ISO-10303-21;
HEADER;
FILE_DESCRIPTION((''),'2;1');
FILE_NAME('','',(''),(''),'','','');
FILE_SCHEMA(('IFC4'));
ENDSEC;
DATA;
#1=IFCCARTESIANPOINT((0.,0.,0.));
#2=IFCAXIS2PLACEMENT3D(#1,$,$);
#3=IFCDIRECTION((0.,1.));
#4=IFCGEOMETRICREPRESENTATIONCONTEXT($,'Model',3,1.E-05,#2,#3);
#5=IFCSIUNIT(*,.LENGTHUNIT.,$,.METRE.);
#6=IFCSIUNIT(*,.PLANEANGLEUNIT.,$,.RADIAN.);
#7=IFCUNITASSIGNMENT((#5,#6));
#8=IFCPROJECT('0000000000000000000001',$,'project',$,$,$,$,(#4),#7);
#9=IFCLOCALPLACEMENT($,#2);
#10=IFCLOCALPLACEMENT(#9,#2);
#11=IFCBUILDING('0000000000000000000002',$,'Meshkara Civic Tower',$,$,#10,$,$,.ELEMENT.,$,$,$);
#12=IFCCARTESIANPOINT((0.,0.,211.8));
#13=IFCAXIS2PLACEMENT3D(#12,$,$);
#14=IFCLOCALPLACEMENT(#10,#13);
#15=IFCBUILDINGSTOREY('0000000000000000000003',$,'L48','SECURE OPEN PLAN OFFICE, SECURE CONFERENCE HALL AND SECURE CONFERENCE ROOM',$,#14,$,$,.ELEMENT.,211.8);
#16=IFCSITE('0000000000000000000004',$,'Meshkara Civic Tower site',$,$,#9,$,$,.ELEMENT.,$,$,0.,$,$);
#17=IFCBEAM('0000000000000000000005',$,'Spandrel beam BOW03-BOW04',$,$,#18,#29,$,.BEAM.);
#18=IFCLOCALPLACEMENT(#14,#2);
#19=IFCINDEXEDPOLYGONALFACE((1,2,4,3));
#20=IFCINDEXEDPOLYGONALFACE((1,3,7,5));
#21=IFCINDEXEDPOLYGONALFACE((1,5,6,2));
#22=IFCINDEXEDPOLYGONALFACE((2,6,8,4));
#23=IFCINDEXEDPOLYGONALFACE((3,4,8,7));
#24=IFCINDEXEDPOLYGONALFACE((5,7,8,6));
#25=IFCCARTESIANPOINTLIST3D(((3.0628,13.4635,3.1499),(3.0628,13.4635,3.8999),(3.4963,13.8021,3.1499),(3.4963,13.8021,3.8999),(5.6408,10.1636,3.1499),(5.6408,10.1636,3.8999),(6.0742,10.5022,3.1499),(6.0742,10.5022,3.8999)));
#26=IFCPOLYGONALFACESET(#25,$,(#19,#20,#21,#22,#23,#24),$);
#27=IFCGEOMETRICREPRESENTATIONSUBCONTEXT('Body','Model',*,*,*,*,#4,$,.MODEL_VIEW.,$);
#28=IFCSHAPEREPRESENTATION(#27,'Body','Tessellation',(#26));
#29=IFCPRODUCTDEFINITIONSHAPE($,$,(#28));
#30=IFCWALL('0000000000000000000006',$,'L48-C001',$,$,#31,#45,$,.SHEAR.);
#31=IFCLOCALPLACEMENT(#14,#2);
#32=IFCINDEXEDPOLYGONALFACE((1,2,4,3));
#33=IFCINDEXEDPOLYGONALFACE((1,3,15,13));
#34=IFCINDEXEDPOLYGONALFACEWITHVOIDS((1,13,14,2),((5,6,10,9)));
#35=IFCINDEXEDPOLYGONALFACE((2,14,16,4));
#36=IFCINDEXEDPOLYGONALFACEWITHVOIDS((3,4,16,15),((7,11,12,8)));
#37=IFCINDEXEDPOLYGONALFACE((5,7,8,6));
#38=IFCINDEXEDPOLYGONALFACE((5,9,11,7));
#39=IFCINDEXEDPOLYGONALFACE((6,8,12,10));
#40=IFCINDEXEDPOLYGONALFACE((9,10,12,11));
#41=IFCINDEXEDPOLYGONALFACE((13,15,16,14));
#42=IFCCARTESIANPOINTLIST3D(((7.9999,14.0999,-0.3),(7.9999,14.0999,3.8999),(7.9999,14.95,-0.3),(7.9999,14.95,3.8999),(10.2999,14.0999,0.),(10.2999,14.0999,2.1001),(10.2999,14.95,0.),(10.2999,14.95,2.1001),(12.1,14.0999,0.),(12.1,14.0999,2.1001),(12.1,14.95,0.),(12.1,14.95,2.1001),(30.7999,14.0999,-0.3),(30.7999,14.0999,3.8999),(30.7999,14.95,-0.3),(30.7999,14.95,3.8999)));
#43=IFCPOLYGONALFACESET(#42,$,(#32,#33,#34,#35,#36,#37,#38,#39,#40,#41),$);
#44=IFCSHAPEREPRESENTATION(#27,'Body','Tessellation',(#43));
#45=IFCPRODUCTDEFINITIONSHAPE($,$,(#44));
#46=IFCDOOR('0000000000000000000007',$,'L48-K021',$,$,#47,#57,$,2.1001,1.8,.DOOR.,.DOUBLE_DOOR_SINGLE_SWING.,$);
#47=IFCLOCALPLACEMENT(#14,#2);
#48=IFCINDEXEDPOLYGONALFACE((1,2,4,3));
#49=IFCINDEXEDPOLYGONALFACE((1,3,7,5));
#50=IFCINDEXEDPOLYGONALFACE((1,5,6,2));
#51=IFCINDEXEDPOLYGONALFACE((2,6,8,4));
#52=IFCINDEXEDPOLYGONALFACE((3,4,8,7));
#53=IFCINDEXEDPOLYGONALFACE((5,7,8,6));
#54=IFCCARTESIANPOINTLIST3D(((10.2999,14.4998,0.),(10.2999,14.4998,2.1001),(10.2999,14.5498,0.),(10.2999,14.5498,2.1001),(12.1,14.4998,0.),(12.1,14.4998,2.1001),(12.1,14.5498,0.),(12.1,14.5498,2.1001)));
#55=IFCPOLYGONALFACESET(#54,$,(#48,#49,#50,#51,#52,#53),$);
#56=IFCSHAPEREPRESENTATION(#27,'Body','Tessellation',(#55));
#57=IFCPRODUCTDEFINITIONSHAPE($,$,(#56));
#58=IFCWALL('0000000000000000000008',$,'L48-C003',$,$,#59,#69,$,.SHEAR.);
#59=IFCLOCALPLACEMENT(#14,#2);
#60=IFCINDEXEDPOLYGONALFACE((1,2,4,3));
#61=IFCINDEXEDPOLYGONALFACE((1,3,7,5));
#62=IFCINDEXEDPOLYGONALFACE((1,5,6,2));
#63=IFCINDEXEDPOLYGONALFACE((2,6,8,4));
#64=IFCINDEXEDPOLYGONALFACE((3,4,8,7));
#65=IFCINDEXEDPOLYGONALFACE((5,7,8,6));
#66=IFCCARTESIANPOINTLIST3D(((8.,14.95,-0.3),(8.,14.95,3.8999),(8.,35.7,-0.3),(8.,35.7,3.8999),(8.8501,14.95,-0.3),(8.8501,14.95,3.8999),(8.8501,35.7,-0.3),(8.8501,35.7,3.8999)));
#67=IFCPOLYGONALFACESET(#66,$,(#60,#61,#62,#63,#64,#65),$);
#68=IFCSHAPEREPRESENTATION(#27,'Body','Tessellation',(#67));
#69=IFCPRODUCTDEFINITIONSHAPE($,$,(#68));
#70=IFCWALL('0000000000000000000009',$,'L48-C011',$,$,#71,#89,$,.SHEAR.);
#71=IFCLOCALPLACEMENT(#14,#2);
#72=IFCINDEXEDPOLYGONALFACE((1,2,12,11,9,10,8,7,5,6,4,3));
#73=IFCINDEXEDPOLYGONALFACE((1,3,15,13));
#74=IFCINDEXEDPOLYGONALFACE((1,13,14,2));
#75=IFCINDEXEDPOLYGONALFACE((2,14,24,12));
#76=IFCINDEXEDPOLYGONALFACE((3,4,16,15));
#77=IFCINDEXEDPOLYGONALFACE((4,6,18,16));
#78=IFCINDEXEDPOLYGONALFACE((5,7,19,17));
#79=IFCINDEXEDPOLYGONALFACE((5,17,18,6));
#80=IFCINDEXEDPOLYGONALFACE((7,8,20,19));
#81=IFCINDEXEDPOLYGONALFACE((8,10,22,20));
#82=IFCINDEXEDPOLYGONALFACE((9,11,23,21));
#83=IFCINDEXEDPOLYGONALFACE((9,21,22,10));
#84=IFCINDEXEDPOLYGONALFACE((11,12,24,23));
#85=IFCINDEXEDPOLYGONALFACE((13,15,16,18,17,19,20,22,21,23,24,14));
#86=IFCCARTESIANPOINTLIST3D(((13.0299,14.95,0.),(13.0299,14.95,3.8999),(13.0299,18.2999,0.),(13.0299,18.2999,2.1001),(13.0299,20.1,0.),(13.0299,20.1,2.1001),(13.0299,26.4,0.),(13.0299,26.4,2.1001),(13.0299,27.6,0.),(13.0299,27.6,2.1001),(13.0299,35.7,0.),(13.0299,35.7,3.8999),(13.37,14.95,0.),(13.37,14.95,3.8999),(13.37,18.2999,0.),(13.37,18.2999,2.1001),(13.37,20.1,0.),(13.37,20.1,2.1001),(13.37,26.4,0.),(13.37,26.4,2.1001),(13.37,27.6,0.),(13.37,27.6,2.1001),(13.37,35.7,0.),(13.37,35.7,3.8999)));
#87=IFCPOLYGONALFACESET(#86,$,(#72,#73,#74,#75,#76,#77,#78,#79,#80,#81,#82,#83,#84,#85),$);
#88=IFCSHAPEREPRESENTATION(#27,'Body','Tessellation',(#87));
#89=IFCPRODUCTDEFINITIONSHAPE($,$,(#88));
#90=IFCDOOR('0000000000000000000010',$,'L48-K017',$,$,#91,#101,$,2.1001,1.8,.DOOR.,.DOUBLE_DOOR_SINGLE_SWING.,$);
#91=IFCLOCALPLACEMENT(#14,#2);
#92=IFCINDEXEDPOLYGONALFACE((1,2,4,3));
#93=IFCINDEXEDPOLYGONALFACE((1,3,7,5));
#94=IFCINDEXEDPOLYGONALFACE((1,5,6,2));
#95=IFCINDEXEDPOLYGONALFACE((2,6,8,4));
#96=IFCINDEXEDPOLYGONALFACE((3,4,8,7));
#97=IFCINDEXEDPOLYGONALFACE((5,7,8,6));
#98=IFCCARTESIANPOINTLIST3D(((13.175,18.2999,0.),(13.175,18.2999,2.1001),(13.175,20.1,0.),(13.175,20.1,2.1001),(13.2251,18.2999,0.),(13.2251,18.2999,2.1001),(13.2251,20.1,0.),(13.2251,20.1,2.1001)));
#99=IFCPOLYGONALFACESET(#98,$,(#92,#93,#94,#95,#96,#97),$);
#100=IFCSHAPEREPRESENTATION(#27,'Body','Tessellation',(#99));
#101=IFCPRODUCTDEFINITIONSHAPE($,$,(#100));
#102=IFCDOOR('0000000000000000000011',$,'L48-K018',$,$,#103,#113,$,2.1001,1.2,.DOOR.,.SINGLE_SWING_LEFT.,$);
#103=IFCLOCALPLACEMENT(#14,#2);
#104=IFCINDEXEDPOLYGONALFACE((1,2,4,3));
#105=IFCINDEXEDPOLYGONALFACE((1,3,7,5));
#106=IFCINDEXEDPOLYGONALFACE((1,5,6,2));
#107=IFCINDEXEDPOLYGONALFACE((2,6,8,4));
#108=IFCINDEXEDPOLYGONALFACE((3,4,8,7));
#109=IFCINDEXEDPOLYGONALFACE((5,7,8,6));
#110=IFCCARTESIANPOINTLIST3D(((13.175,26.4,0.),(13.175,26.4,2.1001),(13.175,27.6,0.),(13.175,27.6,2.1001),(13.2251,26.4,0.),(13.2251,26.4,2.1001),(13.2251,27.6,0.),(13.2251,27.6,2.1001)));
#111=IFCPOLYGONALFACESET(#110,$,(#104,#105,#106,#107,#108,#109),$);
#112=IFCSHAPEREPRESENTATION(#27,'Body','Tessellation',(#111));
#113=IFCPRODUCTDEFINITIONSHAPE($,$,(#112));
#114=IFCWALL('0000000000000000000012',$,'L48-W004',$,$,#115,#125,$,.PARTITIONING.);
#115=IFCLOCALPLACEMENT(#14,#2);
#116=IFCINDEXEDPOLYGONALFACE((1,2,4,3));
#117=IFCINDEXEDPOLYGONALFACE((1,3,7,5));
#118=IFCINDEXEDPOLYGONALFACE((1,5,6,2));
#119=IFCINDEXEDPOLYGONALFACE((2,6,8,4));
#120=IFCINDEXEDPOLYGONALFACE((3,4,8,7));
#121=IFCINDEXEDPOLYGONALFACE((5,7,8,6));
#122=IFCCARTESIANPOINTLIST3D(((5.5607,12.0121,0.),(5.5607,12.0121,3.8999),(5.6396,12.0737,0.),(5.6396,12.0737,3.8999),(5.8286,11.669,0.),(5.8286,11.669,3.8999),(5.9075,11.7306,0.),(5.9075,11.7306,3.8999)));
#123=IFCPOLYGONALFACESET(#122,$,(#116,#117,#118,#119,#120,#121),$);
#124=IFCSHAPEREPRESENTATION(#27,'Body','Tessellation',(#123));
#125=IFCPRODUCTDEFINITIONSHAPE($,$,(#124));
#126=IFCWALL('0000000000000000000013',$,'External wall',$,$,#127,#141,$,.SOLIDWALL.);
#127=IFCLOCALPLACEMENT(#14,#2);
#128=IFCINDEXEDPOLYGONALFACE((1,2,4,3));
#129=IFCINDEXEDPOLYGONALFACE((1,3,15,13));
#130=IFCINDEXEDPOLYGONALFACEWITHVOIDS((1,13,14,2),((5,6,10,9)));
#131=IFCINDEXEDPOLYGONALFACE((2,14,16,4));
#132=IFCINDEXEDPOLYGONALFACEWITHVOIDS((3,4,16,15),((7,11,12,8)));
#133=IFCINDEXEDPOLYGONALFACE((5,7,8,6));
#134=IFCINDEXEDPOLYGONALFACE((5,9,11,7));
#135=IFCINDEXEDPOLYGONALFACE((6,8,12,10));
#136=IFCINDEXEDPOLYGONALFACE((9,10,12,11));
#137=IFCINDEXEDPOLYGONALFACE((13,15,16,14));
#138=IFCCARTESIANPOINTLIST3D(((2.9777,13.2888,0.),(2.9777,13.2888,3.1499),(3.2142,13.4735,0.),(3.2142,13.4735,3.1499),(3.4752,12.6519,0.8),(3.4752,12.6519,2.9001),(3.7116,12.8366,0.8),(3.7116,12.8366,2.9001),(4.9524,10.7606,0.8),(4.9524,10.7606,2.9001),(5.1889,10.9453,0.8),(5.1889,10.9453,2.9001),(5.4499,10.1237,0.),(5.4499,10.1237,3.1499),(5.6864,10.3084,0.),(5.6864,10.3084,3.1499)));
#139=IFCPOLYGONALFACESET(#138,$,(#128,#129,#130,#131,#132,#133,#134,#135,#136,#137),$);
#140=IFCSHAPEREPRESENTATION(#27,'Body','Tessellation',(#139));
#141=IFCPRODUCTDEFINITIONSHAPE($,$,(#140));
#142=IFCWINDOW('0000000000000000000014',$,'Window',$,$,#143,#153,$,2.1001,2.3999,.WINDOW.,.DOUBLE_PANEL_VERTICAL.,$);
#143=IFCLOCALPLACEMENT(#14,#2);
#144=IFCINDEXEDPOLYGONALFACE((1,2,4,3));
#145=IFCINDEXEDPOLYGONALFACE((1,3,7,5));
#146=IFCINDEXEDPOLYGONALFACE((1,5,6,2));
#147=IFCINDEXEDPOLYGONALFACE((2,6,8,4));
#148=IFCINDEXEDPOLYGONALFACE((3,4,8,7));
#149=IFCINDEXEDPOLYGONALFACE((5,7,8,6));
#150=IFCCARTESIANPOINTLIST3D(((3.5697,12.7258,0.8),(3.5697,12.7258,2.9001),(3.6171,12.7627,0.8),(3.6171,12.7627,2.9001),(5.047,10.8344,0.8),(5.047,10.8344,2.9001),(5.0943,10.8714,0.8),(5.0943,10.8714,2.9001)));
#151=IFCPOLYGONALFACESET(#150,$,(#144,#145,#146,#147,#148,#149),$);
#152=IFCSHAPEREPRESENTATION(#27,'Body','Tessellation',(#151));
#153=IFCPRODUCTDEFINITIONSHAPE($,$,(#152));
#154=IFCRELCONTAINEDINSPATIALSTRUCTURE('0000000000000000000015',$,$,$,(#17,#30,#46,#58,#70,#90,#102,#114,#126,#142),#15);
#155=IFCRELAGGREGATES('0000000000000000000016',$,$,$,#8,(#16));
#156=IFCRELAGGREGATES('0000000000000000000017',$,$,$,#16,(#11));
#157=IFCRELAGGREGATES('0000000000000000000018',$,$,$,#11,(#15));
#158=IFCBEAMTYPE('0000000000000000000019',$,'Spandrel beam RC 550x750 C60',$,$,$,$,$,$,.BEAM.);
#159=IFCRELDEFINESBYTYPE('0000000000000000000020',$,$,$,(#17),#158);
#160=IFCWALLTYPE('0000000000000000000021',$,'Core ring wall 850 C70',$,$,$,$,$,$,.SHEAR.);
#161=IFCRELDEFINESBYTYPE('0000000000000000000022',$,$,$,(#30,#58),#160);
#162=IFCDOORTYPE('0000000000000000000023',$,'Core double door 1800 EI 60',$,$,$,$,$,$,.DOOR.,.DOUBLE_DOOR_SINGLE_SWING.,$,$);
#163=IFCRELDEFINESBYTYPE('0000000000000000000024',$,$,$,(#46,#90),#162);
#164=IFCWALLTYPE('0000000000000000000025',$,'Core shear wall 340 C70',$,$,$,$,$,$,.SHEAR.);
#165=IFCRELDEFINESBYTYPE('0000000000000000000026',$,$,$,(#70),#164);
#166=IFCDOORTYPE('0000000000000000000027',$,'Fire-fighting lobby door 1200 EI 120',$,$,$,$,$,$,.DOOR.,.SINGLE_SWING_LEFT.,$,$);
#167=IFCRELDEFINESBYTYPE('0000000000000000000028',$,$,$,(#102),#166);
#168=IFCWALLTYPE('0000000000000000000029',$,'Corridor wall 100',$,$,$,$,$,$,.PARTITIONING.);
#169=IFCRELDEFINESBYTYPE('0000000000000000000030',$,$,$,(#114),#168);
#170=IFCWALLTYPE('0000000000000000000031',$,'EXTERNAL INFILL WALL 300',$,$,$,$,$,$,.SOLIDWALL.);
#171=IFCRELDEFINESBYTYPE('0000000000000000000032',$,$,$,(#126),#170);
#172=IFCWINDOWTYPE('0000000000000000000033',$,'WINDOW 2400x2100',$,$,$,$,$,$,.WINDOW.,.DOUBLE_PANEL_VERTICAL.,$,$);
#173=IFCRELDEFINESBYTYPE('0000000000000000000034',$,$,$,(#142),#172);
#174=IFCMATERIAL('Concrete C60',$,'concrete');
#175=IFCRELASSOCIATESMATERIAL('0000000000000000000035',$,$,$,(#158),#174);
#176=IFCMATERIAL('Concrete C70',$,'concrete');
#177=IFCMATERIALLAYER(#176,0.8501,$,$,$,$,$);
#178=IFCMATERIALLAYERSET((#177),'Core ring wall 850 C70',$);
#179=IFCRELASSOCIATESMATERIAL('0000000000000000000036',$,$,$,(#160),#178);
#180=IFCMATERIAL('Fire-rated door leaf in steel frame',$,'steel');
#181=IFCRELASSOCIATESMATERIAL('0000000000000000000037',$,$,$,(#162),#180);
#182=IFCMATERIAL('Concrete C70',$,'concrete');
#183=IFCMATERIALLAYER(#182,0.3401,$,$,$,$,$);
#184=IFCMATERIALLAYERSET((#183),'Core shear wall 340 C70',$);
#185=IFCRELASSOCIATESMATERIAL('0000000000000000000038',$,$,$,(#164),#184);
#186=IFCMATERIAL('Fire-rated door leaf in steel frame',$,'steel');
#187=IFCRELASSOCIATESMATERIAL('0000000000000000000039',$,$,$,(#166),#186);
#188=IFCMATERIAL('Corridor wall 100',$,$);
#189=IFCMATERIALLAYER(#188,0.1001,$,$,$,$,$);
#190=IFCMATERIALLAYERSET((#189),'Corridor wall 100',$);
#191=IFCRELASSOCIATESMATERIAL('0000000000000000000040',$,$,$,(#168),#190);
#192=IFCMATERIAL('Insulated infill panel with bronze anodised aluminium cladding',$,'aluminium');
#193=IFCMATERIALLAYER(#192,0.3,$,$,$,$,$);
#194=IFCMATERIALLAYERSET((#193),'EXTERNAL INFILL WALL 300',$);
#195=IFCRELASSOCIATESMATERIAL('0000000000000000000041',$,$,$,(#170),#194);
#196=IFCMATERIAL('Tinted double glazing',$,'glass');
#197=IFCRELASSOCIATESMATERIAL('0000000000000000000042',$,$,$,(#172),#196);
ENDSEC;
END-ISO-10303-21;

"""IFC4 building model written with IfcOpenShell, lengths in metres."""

from ifc_helpers import new_model, si_unit, direction, frame, frame_2d, origin, origin_2d, place, context, subcontext, project, spatial, rectangle, extrude, material, layer, layer_set, material_profile, profile_set, type_object, element, fill, save


model = new_model("IFC4")

# Units and contexts
model_context = context("Model", 3, precision=1e-05, world=origin(), true_north=direction((0.0, 1.0)))
body_context = subcontext(model_context, "Body", "Model", "MODEL_VIEW")
ifc_project = project(units=[si_unit("LENGTHUNIT", "METRE"), si_unit("PLANEANGLEUNIT", "RADIAN")], contexts=[model_context])

# Site, building, storey
site_placement = place(None, origin())
site = spatial("IfcSite", under=ifc_project, at=site_placement, Name="Meshkara Civic Tower site", CompositionType="ELEMENT", RefElevation=0.0)
building_placement = place(site_placement, origin())
building = spatial("IfcBuilding", under=site, at=building_placement, Name="Meshkara Civic Tower", CompositionType="ELEMENT")
storey_placement = place(building_placement, frame((0.0, 0.0, 211.8)))
storey = spatial("IfcBuildingStorey", under=building, at=storey_placement, Name="L48", Description="SECURE OPEN PLAN OFFICE, SECURE CONFERENCE HALL AND SECURE CONFERENCE ROOM", CompositionType="ELEMENT", Elevation=211.8)

# Beam
ifc_material_1 = material(Name="Concrete C60", Category="concrete")
ifc_material_profile = material_profile(ifc_material_1, rectangle(XDim=0.55, YDim=0.75, at=origin_2d()))
ifc_profile_set = profile_set([ifc_material_profile], Name="Concrete C60")
beam_type = type_object("IfcBeamType", Name="Spandrel beam RC 550x750 C60", PredefinedType="BEAM", material=ifc_profile_set)
beam_placement = place(storey_placement, frame((3.2795, 13.6328, 3.5249), z_axis=(0.61563, -0.788035, 0.0), x_axis=(0.788035, 0.61563, 0.0)))
element("IfcBeam", 1, at=beam_placement, inside=storey, type_object=beam_type, Name="Spandrel beam BOW03-BOW04", PredefinedType="BEAM", context=body_context, shape_type="SweptSolid", body=[
    extrude(rectangle(XDim=0.55, YDim=0.75, at=origin_2d()), origin(), (0.0, 0.0, 1.0), 4.1875),
])

# Wall, opening, door
ifc_material_2 = material(Name="Concrete C70", Category="concrete")
ifc_layer_1 = layer(ifc_material_2, 0.8501)
ifc_layer_set_1 = layer_set([ifc_layer_1], Name="Core ring wall 850 C70")
wall_type_1 = type_object("IfcWallType", Name="Core ring wall 850 C70", PredefinedType="SHEAR", material=ifc_layer_set_1)
wall_1_placement = place(storey_placement, frame((8.0, 14.5249, -0.3), z_axis=(0.0, 0.0, 1.0), x_axis=(1.0, 0.0, 0.0)))
wall_1 = element("IfcWall", 2, at=wall_1_placement, inside=storey, type_object=wall_type_1, Name="L48-C001", PredefinedType="SHEAR", context=body_context, shape_type="SweptSolid", body=[
    extrude(rectangle(XDim=22.8, YDim=0.8501, at=frame_2d((11.3999, 0.0))), origin(), (0.0, 0.0, 1.0), 4.2),
])
opening_1_placement = place(wall_1_placement, frame((2.3, 0.0, 0.3)))
opening_1 = element("IfcOpeningElement", 3, at=opening_1_placement, cuts=wall_1, PredefinedType="OPENING", context=body_context, shape_type="SweptSolid", body=[
    extrude(rectangle(XDim=1.8, YDim=2.1001, at=frame_2d((0.8999, 1.05))), frame((0.0, 0.4351, 0.0), z_axis=(0.0, -1.0, 0.0), x_axis=(1.0, 0.0, 0.0)), (0.0, 0.0, 1.0), 0.8701),
])
ifc_material_3 = material(Name="Fire-rated door leaf in steel frame", Category="steel")
door_type_1 = type_object("IfcDoorType", Name="Core double door 1800 EI 60", OperationType="DOUBLE_DOOR_SINGLE_SWING", PredefinedType="DOOR", material=ifc_material_3)
door_1_placement = place(opening_1_placement, origin())
door_1 = element("IfcDoor", 4, at=door_1_placement, inside=storey, type_object=door_type_1, Name="L48-K021", OperationType="DOUBLE_DOOR_SINGLE_SWING", OverallHeight=2.1001, OverallWidth=1.8, PredefinedType="DOOR", context=body_context, shape_type="SweptSolid", body=[
    extrude(rectangle(XDim=1.8, YDim=2.1001, at=frame_2d((0.8999, 1.05))), frame((0.0, 0.0249, 0.0), z_axis=(0.0, -1.0, 0.0), x_axis=(1.0, 0.0, 0.0)), (0.0, 0.0, 1.0), 0.05),
])
fill(opening_1, door_1)

# Wall
wall_2_placement = place(storey_placement, frame((8.425, 14.95, -0.3), z_axis=(0.0, 0.0, 1.0), x_axis=(0.0, 1.0, 0.0)))
element("IfcWall", 5, at=wall_2_placement, inside=storey, type_object=wall_type_1, Name="L48-C003", PredefinedType="SHEAR", context=body_context, shape_type="SweptSolid", body=[
    extrude(rectangle(XDim=20.75, YDim=0.8501, at=frame_2d((10.375, 0.0))), origin(), (0.0, 0.0, 1.0), 4.2),
])

# Wall, openings, doors
ifc_material_4 = material(Name="Concrete C70", Category="concrete")
ifc_layer_2 = layer(ifc_material_4, 0.3401)
ifc_layer_set_2 = layer_set([ifc_layer_2], Name="Core shear wall 340 C70")
wall_type_2 = type_object("IfcWallType", Name="Core shear wall 340 C70", PredefinedType="SHEAR", material=ifc_layer_set_2)
wall_3_placement = place(storey_placement, frame((13.2, 14.95, 0.0), z_axis=(0.0, 0.0, 1.0), x_axis=(0.0, 1.0, 0.0)))
wall_3 = element("IfcWall", 6, at=wall_3_placement, inside=storey, type_object=wall_type_2, Name="L48-C011", PredefinedType="SHEAR", context=body_context, shape_type="SweptSolid", body=[
    extrude(rectangle(XDim=20.75, YDim=0.3401, at=frame_2d((10.375, 0.0))), origin(), (0.0, 0.0, 1.0), 3.8999),
])
opening_2_placement = place(wall_3_placement, frame((3.3501, 0.0, 0.0)))
opening_2 = element("IfcOpeningElement", 7, at=opening_2_placement, cuts=wall_3, PredefinedType="OPENING", context=body_context, shape_type="SweptSolid", body=[
    extrude(rectangle(XDim=1.8, YDim=2.1001, at=frame_2d((0.8999, 1.05))), frame((0.0, 0.1799, 0.0), z_axis=(0.0, -1.0, 0.0), x_axis=(1.0, 0.0, 0.0)), (0.0, 0.0, 1.0), 0.3601),
])
opening_3_placement = place(wall_3_placement, frame((11.45, 0.0, 0.0)))
opening_3 = element("IfcOpeningElement", 8, at=opening_3_placement, cuts=wall_3, PredefinedType="OPENING", context=body_context, shape_type="SweptSolid", body=[
    extrude(rectangle(XDim=1.2, YDim=2.1001, at=frame_2d((0.6001, 1.05))), frame((0.0, 0.1799, 0.0), z_axis=(0.0, -1.0, 0.0), x_axis=(1.0, 0.0, 0.0)), (0.0, 0.0, 1.0), 0.3601),
])
door_2_placement = place(opening_2_placement, origin())
door_2 = element("IfcDoor", 9, at=door_2_placement, inside=storey, type_object=door_type_1, Name="L48-K017", OperationType="DOUBLE_DOOR_SINGLE_SWING", OverallHeight=2.1001, OverallWidth=1.8, PredefinedType="DOOR", context=body_context, shape_type="SweptSolid", body=[
    extrude(rectangle(XDim=1.8, YDim=2.1001, at=frame_2d((0.8999, 1.05))), frame((0.0, 0.0249, 0.0), z_axis=(0.0, -1.0, 0.0), x_axis=(1.0, 0.0, 0.0)), (0.0, 0.0, 1.0), 0.05),
])
fill(opening_2, door_2)
ifc_material_5 = material(Name="Fire-rated door leaf in steel frame", Category="steel")
door_type_2 = type_object("IfcDoorType", Name="Fire-fighting lobby door 1200 EI 120", OperationType="SINGLE_SWING_LEFT", PredefinedType="DOOR", material=ifc_material_5)
door_3_placement = place(opening_3_placement, origin())
door_3 = element("IfcDoor", 10, at=door_3_placement, inside=storey, type_object=door_type_2, Name="L48-K018", OperationType="SINGLE_SWING_LEFT", OverallHeight=2.1001, OverallWidth=1.2, PredefinedType="DOOR", context=body_context, shape_type="SweptSolid", body=[
    extrude(rectangle(XDim=1.2, YDim=2.1001, at=frame_2d((0.6001, 1.05))), frame((0.0, 0.0249, 0.0), z_axis=(0.0, -1.0, 0.0), x_axis=(1.0, 0.0, 0.0)), (0.0, 0.0, 1.0), 0.05),
])
fill(opening_3, door_3)

# Wall
ifc_material_6 = material(Name="Corridor wall 100")
ifc_layer_3 = layer(ifc_material_6, 0.1001)
ifc_layer_set_3 = layer_set([ifc_layer_3], Name="Corridor wall 100")
wall_type_3 = type_object("IfcWallType", Name="Corridor wall 100", PredefinedType="PARTITIONING", material=ifc_layer_set_3)
wall_4_placement = place(storey_placement, frame((5.6001, 12.043, 0.0), z_axis=(0.0, 0.0, 1.0), x_axis=(0.615415, -0.788203, 0.0)))
element("IfcWall", 11, at=wall_4_placement, inside=storey, type_object=wall_type_3, Name="L48-W004", PredefinedType="PARTITIONING", context=body_context, shape_type="SweptSolid", body=[
    extrude(rectangle(XDim=0.4353, YDim=0.1001, at=frame_2d((0.2178, 0.0))), origin(), (0.0, 0.0, 1.0), 3.8999),
])

# Wall, opening, window
ifc_material_7 = material(Name="Insulated infill panel with bronze anodised aluminium cladding", Category="aluminium")
ifc_layer_4 = layer(ifc_material_7, 0.3)
ifc_layer_set_4 = layer_set([ifc_layer_4], Name="EXTERNAL INFILL WALL 300")
wall_type_4 = type_object("IfcWallType", Name="EXTERNAL INFILL WALL 300", PredefinedType="SOLIDWALL", material=ifc_layer_set_4)
wall_5_placement = place(storey_placement, frame((3.0959, 13.3811, 0.0), z_axis=(0.0, 0.0, 1.0), x_axis=(0.615564, -0.788087, 0.0)))
wall_5 = element("IfcWall", 12, at=wall_5_placement, inside=storey, type_object=wall_type_4, Name="External wall", PredefinedType="SOLIDWALL", context=body_context, shape_type="SweptSolid", body=[
    extrude(rectangle(XDim=4.0161, YDim=0.3, at=frame_2d((2.0081, 0.0))), origin(), (0.0, 0.0, 1.0), 3.1499),
])
opening_4_placement = place(wall_5_placement, frame((0.8081, 0.0, 0.8)))
opening_4 = element("IfcOpeningElement", 13, at=opening_4_placement, cuts=wall_5, PredefinedType="OPENING", context=body_context, shape_type="SweptSolid", body=[
    extrude(rectangle(XDim=2.3999, YDim=2.1001, at=frame_2d((1.2, 1.05))), frame((0.0, 0.1599, 0.0), z_axis=(0.0, -1.0, 0.0), x_axis=(1.0, 0.0, 0.0)), (0.0, 0.0, 1.0), 0.3201),
])
ifc_material_8 = material(Name="Tinted double glazing", Category="glass")
window_type = type_object("IfcWindowType", Name="WINDOW 2400x2100", PartitioningType="DOUBLE_PANEL_VERTICAL", PredefinedType="WINDOW", material=ifc_material_8)
window_placement = place(opening_4_placement, origin())
window = element("IfcWindow", 14, at=window_placement, inside=storey, type_object=window_type, Name="Window", OverallHeight=2.1001, OverallWidth=2.3999, PartitioningType="DOUBLE_PANEL_VERTICAL", PredefinedType="WINDOW", context=body_context, shape_type="SweptSolid", body=[
    extrude(rectangle(XDim=2.3999, YDim=2.1001, at=frame_2d((1.2, 1.05))), frame((0.0, 0.03, 0.0), z_axis=(0.0, -1.0, 0.0), x_axis=(1.0, 0.0, 0.0)), (0.0, 0.0, 1.0), 0.0601),
])
fill(opening_4, window)

save(model, "model.ifc")
